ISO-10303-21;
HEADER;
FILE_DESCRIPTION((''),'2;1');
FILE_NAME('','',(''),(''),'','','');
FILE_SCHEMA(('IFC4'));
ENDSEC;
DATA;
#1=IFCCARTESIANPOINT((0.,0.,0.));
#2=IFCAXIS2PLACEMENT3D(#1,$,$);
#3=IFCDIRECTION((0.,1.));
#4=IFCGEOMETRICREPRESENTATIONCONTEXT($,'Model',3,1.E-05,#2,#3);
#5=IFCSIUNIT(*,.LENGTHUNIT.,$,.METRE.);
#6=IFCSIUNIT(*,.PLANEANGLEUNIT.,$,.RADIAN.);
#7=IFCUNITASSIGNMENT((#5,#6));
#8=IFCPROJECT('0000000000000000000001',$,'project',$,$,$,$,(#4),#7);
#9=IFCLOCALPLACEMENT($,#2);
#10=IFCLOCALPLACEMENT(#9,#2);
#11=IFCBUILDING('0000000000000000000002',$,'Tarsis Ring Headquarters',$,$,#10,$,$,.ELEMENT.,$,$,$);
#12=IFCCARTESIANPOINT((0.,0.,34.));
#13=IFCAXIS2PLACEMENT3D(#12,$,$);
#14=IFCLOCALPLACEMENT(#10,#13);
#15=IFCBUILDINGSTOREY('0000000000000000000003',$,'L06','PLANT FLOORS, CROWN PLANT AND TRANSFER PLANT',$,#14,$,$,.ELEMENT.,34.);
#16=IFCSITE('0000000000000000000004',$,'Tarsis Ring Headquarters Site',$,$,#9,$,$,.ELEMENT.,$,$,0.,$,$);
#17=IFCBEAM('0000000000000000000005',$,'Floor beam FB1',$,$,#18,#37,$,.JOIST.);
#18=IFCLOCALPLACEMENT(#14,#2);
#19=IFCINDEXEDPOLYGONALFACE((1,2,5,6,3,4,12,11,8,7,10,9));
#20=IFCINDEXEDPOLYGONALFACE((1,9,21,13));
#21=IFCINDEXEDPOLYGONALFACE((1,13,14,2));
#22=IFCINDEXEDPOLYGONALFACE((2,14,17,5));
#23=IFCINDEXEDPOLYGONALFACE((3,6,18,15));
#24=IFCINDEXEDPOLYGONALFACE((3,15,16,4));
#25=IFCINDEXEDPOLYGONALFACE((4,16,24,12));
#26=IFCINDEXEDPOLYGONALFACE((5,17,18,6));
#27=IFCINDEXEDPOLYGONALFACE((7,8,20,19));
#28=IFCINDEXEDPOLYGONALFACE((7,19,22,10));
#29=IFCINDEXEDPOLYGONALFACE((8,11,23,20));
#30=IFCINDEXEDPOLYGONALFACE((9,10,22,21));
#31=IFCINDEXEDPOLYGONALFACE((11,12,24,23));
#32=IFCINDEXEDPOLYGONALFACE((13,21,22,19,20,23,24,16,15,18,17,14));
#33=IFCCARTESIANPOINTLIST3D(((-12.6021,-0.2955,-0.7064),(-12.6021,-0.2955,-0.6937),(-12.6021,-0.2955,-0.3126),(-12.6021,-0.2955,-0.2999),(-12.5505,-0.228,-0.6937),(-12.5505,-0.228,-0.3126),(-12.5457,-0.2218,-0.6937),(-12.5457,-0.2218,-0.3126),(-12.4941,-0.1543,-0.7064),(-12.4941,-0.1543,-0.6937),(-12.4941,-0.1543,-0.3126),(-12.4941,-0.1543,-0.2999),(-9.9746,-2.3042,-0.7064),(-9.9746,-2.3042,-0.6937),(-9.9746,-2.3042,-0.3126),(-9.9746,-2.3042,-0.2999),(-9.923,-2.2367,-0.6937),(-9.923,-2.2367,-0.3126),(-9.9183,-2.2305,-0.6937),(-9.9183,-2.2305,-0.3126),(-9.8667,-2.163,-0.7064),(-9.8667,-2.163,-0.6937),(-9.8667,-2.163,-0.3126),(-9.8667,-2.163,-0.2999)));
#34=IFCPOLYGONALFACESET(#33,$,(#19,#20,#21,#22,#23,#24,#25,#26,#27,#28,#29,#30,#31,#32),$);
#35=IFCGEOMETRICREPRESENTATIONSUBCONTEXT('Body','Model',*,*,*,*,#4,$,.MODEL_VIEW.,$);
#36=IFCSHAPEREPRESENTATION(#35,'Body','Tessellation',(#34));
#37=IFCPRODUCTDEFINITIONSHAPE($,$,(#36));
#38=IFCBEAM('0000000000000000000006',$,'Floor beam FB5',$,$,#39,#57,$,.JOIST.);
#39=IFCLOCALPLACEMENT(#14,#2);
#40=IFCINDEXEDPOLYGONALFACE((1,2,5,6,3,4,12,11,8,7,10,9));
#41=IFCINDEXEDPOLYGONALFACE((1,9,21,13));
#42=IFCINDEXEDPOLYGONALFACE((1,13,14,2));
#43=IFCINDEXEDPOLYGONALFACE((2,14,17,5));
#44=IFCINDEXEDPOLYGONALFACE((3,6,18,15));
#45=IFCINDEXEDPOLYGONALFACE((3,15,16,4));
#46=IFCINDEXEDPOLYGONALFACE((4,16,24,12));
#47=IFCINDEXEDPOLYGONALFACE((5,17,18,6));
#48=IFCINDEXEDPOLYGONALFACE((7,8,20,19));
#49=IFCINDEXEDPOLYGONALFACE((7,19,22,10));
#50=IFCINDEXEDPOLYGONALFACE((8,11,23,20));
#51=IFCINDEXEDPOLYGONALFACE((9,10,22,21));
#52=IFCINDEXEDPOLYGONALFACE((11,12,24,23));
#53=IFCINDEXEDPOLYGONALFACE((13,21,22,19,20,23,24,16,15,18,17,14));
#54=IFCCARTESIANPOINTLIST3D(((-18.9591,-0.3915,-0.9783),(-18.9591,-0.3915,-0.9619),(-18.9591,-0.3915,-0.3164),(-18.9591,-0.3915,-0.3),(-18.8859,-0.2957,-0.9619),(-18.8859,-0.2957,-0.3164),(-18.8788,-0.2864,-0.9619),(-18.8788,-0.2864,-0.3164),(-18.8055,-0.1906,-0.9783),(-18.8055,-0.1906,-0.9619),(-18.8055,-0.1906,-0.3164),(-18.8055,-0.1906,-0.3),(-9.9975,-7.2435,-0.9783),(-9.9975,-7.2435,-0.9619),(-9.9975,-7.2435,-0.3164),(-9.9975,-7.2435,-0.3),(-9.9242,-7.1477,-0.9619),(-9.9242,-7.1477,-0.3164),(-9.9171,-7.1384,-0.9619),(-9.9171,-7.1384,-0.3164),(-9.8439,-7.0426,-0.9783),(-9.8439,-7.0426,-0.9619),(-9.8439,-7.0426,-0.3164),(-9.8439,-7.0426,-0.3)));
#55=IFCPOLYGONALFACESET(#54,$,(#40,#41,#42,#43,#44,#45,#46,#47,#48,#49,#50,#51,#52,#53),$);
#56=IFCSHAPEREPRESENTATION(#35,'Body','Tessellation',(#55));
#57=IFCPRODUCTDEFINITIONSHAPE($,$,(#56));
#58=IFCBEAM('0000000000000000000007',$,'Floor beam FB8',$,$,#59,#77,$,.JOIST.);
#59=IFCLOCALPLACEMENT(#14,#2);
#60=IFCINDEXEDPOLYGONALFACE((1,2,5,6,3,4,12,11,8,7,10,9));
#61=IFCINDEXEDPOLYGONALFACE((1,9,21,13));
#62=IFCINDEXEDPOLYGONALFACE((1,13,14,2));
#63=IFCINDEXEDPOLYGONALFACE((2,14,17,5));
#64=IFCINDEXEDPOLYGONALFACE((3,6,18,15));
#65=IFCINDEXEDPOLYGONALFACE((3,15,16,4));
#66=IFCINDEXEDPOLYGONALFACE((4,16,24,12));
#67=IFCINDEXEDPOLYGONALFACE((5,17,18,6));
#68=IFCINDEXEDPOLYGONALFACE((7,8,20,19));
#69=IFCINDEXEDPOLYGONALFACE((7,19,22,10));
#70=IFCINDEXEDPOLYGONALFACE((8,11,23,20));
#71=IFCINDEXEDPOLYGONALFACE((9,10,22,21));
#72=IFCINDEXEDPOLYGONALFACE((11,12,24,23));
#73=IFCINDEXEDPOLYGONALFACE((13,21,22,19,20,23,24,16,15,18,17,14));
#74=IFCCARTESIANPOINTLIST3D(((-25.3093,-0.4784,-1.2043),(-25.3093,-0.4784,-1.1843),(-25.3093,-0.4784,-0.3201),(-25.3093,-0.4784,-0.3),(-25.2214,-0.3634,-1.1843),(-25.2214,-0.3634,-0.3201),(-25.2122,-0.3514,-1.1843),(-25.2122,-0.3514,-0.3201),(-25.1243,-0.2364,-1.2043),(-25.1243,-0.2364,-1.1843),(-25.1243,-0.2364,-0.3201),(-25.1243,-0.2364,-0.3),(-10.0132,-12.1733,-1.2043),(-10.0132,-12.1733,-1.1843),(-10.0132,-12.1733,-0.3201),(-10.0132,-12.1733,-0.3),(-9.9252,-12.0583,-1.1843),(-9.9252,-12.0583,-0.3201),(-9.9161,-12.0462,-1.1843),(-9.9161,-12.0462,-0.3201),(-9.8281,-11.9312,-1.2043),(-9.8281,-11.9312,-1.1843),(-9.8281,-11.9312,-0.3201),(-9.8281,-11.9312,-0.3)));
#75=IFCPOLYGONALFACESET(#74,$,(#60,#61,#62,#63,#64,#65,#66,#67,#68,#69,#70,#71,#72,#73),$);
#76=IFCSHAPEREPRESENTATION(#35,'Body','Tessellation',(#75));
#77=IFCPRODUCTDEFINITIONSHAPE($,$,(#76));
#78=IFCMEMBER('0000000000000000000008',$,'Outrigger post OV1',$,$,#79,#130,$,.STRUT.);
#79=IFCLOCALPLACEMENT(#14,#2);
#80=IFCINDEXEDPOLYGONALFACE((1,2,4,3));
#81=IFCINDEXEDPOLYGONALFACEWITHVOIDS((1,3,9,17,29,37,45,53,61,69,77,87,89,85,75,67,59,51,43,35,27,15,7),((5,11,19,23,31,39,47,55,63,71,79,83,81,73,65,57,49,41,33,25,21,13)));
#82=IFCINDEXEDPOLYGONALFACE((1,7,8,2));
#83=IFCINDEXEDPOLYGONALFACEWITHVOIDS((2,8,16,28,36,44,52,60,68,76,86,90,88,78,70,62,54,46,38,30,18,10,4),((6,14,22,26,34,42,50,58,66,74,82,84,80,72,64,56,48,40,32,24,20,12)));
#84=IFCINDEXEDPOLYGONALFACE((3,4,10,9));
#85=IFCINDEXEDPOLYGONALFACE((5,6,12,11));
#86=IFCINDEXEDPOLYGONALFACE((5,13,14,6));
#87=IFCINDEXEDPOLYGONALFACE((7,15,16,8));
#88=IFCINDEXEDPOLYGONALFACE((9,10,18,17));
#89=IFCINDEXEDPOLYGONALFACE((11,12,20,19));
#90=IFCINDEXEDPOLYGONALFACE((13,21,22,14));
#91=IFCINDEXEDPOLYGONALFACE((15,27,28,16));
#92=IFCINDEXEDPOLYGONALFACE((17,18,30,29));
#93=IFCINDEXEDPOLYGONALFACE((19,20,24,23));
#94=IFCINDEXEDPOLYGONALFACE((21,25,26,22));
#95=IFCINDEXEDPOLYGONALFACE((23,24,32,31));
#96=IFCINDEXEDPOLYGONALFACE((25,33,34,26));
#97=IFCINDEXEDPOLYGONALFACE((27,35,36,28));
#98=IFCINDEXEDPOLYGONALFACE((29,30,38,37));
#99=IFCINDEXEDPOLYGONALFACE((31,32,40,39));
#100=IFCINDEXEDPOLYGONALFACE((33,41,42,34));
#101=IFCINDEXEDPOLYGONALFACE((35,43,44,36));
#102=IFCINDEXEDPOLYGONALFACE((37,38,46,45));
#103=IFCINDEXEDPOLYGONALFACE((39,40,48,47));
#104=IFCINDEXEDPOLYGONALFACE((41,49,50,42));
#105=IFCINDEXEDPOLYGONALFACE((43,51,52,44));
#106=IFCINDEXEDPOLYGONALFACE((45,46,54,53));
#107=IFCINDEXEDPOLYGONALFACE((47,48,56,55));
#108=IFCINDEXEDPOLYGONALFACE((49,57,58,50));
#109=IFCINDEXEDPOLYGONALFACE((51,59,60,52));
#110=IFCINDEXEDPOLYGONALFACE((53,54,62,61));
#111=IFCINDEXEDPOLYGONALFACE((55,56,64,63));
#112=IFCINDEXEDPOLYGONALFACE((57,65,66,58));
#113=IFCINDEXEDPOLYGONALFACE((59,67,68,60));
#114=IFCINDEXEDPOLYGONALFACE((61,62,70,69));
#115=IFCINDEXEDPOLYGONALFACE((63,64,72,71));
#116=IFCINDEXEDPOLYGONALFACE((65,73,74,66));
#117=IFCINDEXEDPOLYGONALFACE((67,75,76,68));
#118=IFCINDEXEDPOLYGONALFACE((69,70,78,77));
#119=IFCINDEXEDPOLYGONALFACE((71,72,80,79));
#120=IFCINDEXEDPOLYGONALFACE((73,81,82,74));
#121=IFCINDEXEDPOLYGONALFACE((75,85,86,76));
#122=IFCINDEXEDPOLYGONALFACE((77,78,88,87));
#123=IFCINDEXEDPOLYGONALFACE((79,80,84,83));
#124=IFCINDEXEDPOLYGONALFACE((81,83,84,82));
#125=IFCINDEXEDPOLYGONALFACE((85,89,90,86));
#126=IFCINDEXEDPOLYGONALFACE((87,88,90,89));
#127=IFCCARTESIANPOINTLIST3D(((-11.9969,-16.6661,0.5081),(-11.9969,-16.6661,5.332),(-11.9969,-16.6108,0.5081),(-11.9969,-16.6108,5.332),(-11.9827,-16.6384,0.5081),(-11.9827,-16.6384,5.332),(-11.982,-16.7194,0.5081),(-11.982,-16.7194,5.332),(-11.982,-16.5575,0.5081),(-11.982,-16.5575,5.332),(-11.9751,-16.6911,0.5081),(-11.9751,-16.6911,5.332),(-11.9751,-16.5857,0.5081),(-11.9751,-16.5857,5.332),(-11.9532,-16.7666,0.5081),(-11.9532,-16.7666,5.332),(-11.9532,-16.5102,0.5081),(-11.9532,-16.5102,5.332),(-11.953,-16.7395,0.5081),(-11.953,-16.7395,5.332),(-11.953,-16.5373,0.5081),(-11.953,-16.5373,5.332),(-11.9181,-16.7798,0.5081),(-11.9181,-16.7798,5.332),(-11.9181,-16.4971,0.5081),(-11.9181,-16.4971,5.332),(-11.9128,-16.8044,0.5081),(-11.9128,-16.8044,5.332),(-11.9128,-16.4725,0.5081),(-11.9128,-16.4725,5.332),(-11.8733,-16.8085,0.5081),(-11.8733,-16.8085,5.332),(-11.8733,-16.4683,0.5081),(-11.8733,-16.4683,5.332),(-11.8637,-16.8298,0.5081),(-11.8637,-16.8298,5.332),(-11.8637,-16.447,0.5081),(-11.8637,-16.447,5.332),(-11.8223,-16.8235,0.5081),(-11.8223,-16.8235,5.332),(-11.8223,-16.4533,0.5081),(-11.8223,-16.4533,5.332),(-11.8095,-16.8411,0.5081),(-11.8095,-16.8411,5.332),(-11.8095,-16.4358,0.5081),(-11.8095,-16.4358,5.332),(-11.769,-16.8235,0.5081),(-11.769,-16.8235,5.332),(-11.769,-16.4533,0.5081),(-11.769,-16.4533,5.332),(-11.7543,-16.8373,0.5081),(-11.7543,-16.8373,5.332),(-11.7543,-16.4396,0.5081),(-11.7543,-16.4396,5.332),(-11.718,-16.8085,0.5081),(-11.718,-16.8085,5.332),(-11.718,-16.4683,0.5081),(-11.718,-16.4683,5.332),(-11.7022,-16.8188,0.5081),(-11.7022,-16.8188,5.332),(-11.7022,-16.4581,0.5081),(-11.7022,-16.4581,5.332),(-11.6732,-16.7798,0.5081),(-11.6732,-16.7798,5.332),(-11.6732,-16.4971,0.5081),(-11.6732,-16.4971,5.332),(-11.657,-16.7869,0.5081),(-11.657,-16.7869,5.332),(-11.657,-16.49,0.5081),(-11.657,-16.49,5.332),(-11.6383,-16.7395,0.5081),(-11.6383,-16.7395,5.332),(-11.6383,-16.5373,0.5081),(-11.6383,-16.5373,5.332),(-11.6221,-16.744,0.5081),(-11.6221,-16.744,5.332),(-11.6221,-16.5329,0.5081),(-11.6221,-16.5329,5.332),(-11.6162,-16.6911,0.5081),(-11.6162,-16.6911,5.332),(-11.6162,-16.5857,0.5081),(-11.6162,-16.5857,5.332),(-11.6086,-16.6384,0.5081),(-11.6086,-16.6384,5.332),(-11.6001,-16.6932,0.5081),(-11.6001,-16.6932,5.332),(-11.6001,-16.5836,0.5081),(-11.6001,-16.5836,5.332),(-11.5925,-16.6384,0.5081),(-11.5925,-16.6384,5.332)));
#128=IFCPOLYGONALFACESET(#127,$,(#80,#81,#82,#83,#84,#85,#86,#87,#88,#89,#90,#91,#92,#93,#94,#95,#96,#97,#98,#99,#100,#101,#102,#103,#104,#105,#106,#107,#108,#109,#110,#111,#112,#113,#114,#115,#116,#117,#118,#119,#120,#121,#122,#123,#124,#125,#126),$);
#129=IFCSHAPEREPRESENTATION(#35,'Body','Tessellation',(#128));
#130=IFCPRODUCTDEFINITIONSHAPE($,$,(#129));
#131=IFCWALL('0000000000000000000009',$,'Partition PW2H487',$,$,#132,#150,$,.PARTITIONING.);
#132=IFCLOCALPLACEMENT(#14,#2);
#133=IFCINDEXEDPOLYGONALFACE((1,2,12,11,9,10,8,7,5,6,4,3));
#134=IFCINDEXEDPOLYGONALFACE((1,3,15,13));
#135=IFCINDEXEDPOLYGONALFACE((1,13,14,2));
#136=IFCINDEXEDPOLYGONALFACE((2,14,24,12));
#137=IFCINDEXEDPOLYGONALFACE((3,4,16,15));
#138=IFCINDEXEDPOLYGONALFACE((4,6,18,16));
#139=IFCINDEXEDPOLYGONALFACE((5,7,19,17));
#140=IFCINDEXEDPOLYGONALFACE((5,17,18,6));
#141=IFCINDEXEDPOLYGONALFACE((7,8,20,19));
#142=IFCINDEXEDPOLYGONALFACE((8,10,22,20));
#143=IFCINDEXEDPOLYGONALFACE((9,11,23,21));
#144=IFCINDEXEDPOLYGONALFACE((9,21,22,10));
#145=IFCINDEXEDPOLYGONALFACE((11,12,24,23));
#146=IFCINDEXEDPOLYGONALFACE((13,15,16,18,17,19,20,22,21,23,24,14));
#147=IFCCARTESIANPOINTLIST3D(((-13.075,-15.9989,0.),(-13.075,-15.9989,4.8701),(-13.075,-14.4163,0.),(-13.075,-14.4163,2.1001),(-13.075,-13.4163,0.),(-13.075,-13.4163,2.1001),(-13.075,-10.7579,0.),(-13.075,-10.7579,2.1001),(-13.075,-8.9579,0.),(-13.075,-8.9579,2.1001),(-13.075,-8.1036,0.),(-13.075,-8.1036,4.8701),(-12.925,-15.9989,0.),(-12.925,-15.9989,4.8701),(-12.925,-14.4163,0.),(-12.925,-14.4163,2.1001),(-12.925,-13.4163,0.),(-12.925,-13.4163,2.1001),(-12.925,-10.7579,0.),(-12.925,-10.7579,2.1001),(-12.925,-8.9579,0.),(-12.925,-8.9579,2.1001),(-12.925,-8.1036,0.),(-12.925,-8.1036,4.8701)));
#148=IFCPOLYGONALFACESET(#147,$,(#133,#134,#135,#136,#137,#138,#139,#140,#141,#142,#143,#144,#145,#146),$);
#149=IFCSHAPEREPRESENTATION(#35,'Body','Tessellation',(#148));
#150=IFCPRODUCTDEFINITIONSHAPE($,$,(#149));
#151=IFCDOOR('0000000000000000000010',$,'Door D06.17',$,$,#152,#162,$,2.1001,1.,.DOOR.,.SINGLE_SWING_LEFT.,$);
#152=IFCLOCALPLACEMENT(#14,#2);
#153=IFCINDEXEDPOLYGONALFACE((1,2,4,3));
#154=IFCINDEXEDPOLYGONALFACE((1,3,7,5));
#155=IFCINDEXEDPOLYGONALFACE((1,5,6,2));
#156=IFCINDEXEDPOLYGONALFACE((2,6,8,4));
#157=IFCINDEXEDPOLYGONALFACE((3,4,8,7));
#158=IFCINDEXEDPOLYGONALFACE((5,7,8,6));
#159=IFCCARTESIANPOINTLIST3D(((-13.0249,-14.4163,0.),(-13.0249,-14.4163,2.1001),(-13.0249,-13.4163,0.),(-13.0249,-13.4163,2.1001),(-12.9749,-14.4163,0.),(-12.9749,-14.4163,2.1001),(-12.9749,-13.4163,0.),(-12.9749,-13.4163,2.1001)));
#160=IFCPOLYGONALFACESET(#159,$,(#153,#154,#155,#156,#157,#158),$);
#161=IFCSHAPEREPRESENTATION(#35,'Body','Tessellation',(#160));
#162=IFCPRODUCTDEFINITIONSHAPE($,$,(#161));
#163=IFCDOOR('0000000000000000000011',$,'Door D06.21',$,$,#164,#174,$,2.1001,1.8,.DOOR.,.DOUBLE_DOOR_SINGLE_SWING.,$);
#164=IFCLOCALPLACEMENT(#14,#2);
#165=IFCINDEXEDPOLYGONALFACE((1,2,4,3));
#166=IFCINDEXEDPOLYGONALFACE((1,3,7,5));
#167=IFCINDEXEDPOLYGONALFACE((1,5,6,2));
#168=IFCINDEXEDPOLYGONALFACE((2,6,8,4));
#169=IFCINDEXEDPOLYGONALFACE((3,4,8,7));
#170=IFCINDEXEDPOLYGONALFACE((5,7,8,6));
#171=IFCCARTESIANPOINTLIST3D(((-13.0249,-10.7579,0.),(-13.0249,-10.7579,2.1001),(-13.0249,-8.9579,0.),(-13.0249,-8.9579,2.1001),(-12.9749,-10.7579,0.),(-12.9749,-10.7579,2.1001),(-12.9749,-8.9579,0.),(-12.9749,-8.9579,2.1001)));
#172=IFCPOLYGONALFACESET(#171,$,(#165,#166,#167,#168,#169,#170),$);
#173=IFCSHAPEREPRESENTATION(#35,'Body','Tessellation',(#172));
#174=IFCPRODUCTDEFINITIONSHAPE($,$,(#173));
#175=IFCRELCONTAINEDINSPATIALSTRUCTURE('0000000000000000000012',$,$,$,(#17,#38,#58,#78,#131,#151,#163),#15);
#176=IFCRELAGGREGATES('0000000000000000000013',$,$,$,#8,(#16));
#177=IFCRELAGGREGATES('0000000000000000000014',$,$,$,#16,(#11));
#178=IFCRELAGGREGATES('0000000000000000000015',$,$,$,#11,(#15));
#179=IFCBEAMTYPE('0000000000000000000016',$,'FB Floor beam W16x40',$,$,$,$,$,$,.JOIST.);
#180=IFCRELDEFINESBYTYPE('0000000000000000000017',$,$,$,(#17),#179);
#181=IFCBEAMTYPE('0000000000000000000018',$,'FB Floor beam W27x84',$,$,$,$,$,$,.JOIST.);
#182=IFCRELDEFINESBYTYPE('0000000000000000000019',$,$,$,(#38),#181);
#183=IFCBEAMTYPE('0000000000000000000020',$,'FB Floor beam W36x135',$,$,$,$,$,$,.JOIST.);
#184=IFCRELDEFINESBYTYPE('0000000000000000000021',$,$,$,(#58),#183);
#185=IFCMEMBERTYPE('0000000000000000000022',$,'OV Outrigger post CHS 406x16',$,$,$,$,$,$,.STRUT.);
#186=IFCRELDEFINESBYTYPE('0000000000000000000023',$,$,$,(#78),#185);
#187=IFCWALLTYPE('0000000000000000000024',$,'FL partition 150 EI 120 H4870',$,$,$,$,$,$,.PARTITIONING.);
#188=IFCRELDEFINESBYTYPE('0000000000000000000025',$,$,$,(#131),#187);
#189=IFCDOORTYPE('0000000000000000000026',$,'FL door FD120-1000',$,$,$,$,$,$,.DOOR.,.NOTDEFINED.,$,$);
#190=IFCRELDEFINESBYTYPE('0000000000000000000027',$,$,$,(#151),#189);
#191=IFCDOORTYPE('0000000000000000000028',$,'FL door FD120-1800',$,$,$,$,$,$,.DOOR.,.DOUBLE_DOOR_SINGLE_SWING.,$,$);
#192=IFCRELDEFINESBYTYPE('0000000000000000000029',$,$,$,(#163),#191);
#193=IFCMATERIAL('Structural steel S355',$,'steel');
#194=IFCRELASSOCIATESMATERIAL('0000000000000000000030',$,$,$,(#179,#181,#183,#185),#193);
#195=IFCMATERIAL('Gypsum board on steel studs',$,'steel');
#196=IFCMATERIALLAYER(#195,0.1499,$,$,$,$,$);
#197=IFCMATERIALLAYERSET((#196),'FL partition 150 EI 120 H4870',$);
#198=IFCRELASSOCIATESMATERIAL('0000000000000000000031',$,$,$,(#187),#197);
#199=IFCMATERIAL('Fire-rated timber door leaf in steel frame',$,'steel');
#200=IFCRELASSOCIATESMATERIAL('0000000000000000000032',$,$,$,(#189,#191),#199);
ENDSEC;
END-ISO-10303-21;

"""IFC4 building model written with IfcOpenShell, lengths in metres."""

from ifc_helpers import new_model, si_unit, direction, frame, frame_2d, origin, origin_2d, place, context, subcontext, project, spatial, rectangle, hollow_circle, i_section, extrude, material, layer, layer_set, material_profile, profile_set, type_object, element, fill, save


model = new_model("IFC4")

# Units and contexts
model_context = context("Model", 3, precision=1e-05, world=origin(), true_north=direction((0.0, 1.0)))
body_context = subcontext(model_context, "Body", "Model", "MODEL_VIEW")
ifc_project = project(units=[si_unit("LENGTHUNIT", "METRE"), si_unit("PLANEANGLEUNIT", "RADIAN")], contexts=[model_context])

# Site, building, storey
site_placement = place(None, origin())
site = spatial("IfcSite", under=ifc_project, at=site_placement, Name="Tarsis Ring Headquarters Site", CompositionType="ELEMENT", RefElevation=0.0)
building_placement = place(site_placement, origin())
building = spatial("IfcBuilding", under=site, at=building_placement, Name="Tarsis Ring Headquarters", CompositionType="ELEMENT")
storey_placement = place(building_placement, frame((0.0, 0.0, 34.0)))
storey = spatial("IfcBuildingStorey", under=building, at=storey_placement, Name="L06", Description="PLANT FLOORS, CROWN PLANT AND TRANSFER PLANT", CompositionType="ELEMENT", Elevation=34.0)

# Beams
ifc_material_1 = material(Name="Structural steel S355", Category="steel")
ifc_material_profile_1 = material_profile(ifc_material_1, i_section(OverallWidth=0.1777, OverallDepth=0.4065, WebThickness=0.0078, FlangeThickness=0.0127, at=origin_2d()), Name="W16x40")
ifc_profile_set_1 = profile_set([ifc_material_profile_1], Name="Structural steel S355")
beam_type_1 = type_object("IfcBeamType", Name="FB Floor beam W16x40", PredefinedType="JOIST", material=ifc_profile_set_1)
beam_1_placement = place(storey_placement, frame((-12.5481, -0.2249, -0.5032), z_axis=(0.794421, -0.607368, 0.0), x_axis=(0.607368, 0.794421, 0.0)))
element("IfcBeam", 1, at=beam_1_placement, inside=storey, type_object=beam_type_1, Name="Floor beam FB1", PredefinedType="JOIST", context=body_context, shape_type="SweptSolid", body=[
    extrude(i_section(OverallWidth=0.1777, OverallDepth=0.4065, WebThickness=0.0078, FlangeThickness=0.0127, at=origin_2d()), origin(), (0.0, 0.0, 1.0), 3.3074),
])
ifc_material_profile_2 = material_profile(ifc_material_1, i_section(OverallWidth=0.2529, OverallDepth=0.6782, WebThickness=0.0117, FlangeThickness=0.0164, at=origin_2d()), Name="W27x84")
ifc_profile_set_2 = profile_set([ifc_material_profile_2], Name="Structural steel S355")
beam_type_2 = type_object("IfcBeamType", Name="FB Floor beam W27x84", PredefinedType="JOIST", material=ifc_profile_set_2)
beam_2_placement = place(storey_placement, frame((-18.8823, -0.291, -0.6392), z_axis=(0.7944, -0.607395, 0.0), x_axis=(0.607395, 0.7944, 0.0)))
element("IfcBeam", 2, at=beam_2_placement, inside=storey, type_object=beam_type_2, Name="Floor beam FB5", PredefinedType="JOIST", context=body_context, shape_type="SweptSolid", body=[
    extrude(i_section(OverallWidth=0.2529, OverallDepth=0.6782, WebThickness=0.0117, FlangeThickness=0.0164, at=origin_2d()), origin(), (0.0, 0.0, 1.0), 11.281),
])
ifc_material_profile_3 = material_profile(ifc_material_1, i_section(OverallWidth=0.3047, OverallDepth=0.9043, WebThickness=0.0151, FlangeThickness=0.02, at=origin_2d()), Name="W36x135")
ifc_profile_set_3 = profile_set([ifc_material_profile_3], Name="Structural steel S355")
beam_type_3 = type_object("IfcBeamType", Name="FB Floor beam W36x135", PredefinedType="JOIST", material=ifc_profile_set_3)
beam_3_placement = place(storey_placement, frame((-25.2168, -0.3574, -0.7522), z_axis=(0.794414, -0.607377, 0.0), x_axis=(0.607377, 0.794414, 0.0)))
element("IfcBeam", 3, at=beam_3_placement, inside=storey, type_object=beam_type_3, Name="Floor beam FB8", PredefinedType="JOIST", context=body_context, shape_type="SweptSolid", body=[
    extrude(i_section(OverallWidth=0.3047, OverallDepth=0.9043, WebThickness=0.0151, FlangeThickness=0.02, at=origin_2d()), origin(), (0.0, 0.0, 1.0), 19.2546),
])

# Member
ifc_material_profile_4 = material_profile(ifc_material_1, hollow_circle(Radius=0.2031, WallThickness=0.0161, at=origin_2d()), Name="CHS 406x16")
ifc_profile_set_4 = profile_set([ifc_material_profile_4], Name="Structural steel S355")
member_type = type_object("IfcMemberType", Name="OV Outrigger post CHS 406x16", PredefinedType="STRUT", material=ifc_profile_set_4)
member_placement = place(storey_placement, frame((-11.7957, -16.6384, 0.5081), z_axis=(0.0, 0.0, 1.0), x_axis=(1.0, 0.0, 0.0)))
element("IfcMember", 4, at=member_placement, inside=storey, type_object=member_type, Name="Outrigger post OV1", PredefinedType="STRUT", context=body_context, shape_type="SweptSolid", body=[
    extrude(hollow_circle(Radius=0.2031, WallThickness=0.0161, at=origin_2d()), origin(), (0.0, 0.0, 1.0), 4.824),
])

# Wall, openings, doors
ifc_material_2 = material(Name="Gypsum board on steel studs", Category="steel")
ifc_layer = layer(ifc_material_2, 0.1499)
ifc_layer_set = layer_set([ifc_layer], Name="FL partition 150 EI 120 H4870")
wall_type = type_object("IfcWallType", Name="FL partition 150 EI 120 H4870", PredefinedType="PARTITIONING", material=ifc_layer_set)
wall_1_placement = place(storey_placement, frame((-13.0, -15.999, 0.0), z_axis=(0.0, 0.0, 1.0), x_axis=(0.0, 1.0, 0.0)))
wall_1 = element("IfcWall", 5, at=wall_1_placement, inside=storey, type_object=wall_type, Name="Partition PW2H487", PredefinedType="PARTITIONING", context=body_context, shape_type="SweptSolid", body=[
    extrude(rectangle(XDim=7.8953, YDim=0.1499, at=frame_2d((3.9478, 0.0))), origin(), (0.0, 0.0, 1.0), 4.8701),
])
opening_1_placement = place(wall_1_placement, frame((1.5828, 0.0, 0.0)))
opening_1 = element("IfcOpeningElement", 6, at=opening_1_placement, cuts=wall_1, PredefinedType="OPENING", context=body_context, shape_type="SweptSolid", body=[
    extrude(rectangle(XDim=1.0, YDim=2.1001, at=frame_2d((0.5, 1.05))), frame((0.0, 0.085, 0.0), z_axis=(0.0, -1.0, 0.0), x_axis=(1.0, 0.0, 0.0)), (0.0, 0.0, 1.0), 0.1699),
])
opening_2_placement = place(wall_1_placement, frame((5.2412, 0.0, 0.0)))
opening_2 = element("IfcOpeningElement", 7, at=opening_2_placement, cuts=wall_1, PredefinedType="OPENING", context=body_context, shape_type="SweptSolid", body=[
    extrude(rectangle(XDim=1.8, YDim=2.1001, at=frame_2d((0.8999, 1.05))), frame((0.0, 0.085, 0.0), z_axis=(0.0, -1.0, 0.0), x_axis=(1.0, 0.0, 0.0)), (0.0, 0.0, 1.0), 0.1699),
])
ifc_material_3 = material(Name="Fire-rated timber door leaf in steel frame", Category="steel")
door_type_1 = type_object("IfcDoorType", Name="FL door FD120-1000", OperationType="NOTDEFINED", PredefinedType="DOOR", material=ifc_material_3)
door_1_placement = place(opening_1_placement, origin())
door_1 = element("IfcDoor", 8, at=door_1_placement, inside=storey, type_object=door_type_1, Name="Door D06.17", OperationType="SINGLE_SWING_LEFT", OverallHeight=2.1001, OverallWidth=1.0, PredefinedType="DOOR", context=body_context, shape_type="SweptSolid", body=[
    extrude(rectangle(XDim=1.0, YDim=2.1001, at=frame_2d((0.5, 1.05))), frame((0.0, 0.0249, 0.0), z_axis=(0.0, -1.0, 0.0), x_axis=(1.0, 0.0, 0.0)), (0.0, 0.0, 1.0), 0.05),
])
fill(opening_1, door_1)
door_type_2 = type_object("IfcDoorType", Name="FL door FD120-1800", OperationType="DOUBLE_DOOR_SINGLE_SWING", PredefinedType="DOOR", material=ifc_material_3)
door_2_placement = place(opening_2_placement, origin())
door_2 = element("IfcDoor", 9, at=door_2_placement, inside=storey, type_object=door_type_2, Name="Door D06.21", OperationType="DOUBLE_DOOR_SINGLE_SWING", OverallHeight=2.1001, OverallWidth=1.8, PredefinedType="DOOR", context=body_context, shape_type="SweptSolid", body=[
    extrude(rectangle(XDim=1.8, YDim=2.1001, at=frame_2d((0.8999, 1.05))), frame((0.0, 0.0249, 0.0), z_axis=(0.0, -1.0, 0.0), x_axis=(1.0, 0.0, 0.0)), (0.0, 0.0, 1.0), 0.05),
])
fill(opening_2, door_2)

save(model, "model.ifc")
